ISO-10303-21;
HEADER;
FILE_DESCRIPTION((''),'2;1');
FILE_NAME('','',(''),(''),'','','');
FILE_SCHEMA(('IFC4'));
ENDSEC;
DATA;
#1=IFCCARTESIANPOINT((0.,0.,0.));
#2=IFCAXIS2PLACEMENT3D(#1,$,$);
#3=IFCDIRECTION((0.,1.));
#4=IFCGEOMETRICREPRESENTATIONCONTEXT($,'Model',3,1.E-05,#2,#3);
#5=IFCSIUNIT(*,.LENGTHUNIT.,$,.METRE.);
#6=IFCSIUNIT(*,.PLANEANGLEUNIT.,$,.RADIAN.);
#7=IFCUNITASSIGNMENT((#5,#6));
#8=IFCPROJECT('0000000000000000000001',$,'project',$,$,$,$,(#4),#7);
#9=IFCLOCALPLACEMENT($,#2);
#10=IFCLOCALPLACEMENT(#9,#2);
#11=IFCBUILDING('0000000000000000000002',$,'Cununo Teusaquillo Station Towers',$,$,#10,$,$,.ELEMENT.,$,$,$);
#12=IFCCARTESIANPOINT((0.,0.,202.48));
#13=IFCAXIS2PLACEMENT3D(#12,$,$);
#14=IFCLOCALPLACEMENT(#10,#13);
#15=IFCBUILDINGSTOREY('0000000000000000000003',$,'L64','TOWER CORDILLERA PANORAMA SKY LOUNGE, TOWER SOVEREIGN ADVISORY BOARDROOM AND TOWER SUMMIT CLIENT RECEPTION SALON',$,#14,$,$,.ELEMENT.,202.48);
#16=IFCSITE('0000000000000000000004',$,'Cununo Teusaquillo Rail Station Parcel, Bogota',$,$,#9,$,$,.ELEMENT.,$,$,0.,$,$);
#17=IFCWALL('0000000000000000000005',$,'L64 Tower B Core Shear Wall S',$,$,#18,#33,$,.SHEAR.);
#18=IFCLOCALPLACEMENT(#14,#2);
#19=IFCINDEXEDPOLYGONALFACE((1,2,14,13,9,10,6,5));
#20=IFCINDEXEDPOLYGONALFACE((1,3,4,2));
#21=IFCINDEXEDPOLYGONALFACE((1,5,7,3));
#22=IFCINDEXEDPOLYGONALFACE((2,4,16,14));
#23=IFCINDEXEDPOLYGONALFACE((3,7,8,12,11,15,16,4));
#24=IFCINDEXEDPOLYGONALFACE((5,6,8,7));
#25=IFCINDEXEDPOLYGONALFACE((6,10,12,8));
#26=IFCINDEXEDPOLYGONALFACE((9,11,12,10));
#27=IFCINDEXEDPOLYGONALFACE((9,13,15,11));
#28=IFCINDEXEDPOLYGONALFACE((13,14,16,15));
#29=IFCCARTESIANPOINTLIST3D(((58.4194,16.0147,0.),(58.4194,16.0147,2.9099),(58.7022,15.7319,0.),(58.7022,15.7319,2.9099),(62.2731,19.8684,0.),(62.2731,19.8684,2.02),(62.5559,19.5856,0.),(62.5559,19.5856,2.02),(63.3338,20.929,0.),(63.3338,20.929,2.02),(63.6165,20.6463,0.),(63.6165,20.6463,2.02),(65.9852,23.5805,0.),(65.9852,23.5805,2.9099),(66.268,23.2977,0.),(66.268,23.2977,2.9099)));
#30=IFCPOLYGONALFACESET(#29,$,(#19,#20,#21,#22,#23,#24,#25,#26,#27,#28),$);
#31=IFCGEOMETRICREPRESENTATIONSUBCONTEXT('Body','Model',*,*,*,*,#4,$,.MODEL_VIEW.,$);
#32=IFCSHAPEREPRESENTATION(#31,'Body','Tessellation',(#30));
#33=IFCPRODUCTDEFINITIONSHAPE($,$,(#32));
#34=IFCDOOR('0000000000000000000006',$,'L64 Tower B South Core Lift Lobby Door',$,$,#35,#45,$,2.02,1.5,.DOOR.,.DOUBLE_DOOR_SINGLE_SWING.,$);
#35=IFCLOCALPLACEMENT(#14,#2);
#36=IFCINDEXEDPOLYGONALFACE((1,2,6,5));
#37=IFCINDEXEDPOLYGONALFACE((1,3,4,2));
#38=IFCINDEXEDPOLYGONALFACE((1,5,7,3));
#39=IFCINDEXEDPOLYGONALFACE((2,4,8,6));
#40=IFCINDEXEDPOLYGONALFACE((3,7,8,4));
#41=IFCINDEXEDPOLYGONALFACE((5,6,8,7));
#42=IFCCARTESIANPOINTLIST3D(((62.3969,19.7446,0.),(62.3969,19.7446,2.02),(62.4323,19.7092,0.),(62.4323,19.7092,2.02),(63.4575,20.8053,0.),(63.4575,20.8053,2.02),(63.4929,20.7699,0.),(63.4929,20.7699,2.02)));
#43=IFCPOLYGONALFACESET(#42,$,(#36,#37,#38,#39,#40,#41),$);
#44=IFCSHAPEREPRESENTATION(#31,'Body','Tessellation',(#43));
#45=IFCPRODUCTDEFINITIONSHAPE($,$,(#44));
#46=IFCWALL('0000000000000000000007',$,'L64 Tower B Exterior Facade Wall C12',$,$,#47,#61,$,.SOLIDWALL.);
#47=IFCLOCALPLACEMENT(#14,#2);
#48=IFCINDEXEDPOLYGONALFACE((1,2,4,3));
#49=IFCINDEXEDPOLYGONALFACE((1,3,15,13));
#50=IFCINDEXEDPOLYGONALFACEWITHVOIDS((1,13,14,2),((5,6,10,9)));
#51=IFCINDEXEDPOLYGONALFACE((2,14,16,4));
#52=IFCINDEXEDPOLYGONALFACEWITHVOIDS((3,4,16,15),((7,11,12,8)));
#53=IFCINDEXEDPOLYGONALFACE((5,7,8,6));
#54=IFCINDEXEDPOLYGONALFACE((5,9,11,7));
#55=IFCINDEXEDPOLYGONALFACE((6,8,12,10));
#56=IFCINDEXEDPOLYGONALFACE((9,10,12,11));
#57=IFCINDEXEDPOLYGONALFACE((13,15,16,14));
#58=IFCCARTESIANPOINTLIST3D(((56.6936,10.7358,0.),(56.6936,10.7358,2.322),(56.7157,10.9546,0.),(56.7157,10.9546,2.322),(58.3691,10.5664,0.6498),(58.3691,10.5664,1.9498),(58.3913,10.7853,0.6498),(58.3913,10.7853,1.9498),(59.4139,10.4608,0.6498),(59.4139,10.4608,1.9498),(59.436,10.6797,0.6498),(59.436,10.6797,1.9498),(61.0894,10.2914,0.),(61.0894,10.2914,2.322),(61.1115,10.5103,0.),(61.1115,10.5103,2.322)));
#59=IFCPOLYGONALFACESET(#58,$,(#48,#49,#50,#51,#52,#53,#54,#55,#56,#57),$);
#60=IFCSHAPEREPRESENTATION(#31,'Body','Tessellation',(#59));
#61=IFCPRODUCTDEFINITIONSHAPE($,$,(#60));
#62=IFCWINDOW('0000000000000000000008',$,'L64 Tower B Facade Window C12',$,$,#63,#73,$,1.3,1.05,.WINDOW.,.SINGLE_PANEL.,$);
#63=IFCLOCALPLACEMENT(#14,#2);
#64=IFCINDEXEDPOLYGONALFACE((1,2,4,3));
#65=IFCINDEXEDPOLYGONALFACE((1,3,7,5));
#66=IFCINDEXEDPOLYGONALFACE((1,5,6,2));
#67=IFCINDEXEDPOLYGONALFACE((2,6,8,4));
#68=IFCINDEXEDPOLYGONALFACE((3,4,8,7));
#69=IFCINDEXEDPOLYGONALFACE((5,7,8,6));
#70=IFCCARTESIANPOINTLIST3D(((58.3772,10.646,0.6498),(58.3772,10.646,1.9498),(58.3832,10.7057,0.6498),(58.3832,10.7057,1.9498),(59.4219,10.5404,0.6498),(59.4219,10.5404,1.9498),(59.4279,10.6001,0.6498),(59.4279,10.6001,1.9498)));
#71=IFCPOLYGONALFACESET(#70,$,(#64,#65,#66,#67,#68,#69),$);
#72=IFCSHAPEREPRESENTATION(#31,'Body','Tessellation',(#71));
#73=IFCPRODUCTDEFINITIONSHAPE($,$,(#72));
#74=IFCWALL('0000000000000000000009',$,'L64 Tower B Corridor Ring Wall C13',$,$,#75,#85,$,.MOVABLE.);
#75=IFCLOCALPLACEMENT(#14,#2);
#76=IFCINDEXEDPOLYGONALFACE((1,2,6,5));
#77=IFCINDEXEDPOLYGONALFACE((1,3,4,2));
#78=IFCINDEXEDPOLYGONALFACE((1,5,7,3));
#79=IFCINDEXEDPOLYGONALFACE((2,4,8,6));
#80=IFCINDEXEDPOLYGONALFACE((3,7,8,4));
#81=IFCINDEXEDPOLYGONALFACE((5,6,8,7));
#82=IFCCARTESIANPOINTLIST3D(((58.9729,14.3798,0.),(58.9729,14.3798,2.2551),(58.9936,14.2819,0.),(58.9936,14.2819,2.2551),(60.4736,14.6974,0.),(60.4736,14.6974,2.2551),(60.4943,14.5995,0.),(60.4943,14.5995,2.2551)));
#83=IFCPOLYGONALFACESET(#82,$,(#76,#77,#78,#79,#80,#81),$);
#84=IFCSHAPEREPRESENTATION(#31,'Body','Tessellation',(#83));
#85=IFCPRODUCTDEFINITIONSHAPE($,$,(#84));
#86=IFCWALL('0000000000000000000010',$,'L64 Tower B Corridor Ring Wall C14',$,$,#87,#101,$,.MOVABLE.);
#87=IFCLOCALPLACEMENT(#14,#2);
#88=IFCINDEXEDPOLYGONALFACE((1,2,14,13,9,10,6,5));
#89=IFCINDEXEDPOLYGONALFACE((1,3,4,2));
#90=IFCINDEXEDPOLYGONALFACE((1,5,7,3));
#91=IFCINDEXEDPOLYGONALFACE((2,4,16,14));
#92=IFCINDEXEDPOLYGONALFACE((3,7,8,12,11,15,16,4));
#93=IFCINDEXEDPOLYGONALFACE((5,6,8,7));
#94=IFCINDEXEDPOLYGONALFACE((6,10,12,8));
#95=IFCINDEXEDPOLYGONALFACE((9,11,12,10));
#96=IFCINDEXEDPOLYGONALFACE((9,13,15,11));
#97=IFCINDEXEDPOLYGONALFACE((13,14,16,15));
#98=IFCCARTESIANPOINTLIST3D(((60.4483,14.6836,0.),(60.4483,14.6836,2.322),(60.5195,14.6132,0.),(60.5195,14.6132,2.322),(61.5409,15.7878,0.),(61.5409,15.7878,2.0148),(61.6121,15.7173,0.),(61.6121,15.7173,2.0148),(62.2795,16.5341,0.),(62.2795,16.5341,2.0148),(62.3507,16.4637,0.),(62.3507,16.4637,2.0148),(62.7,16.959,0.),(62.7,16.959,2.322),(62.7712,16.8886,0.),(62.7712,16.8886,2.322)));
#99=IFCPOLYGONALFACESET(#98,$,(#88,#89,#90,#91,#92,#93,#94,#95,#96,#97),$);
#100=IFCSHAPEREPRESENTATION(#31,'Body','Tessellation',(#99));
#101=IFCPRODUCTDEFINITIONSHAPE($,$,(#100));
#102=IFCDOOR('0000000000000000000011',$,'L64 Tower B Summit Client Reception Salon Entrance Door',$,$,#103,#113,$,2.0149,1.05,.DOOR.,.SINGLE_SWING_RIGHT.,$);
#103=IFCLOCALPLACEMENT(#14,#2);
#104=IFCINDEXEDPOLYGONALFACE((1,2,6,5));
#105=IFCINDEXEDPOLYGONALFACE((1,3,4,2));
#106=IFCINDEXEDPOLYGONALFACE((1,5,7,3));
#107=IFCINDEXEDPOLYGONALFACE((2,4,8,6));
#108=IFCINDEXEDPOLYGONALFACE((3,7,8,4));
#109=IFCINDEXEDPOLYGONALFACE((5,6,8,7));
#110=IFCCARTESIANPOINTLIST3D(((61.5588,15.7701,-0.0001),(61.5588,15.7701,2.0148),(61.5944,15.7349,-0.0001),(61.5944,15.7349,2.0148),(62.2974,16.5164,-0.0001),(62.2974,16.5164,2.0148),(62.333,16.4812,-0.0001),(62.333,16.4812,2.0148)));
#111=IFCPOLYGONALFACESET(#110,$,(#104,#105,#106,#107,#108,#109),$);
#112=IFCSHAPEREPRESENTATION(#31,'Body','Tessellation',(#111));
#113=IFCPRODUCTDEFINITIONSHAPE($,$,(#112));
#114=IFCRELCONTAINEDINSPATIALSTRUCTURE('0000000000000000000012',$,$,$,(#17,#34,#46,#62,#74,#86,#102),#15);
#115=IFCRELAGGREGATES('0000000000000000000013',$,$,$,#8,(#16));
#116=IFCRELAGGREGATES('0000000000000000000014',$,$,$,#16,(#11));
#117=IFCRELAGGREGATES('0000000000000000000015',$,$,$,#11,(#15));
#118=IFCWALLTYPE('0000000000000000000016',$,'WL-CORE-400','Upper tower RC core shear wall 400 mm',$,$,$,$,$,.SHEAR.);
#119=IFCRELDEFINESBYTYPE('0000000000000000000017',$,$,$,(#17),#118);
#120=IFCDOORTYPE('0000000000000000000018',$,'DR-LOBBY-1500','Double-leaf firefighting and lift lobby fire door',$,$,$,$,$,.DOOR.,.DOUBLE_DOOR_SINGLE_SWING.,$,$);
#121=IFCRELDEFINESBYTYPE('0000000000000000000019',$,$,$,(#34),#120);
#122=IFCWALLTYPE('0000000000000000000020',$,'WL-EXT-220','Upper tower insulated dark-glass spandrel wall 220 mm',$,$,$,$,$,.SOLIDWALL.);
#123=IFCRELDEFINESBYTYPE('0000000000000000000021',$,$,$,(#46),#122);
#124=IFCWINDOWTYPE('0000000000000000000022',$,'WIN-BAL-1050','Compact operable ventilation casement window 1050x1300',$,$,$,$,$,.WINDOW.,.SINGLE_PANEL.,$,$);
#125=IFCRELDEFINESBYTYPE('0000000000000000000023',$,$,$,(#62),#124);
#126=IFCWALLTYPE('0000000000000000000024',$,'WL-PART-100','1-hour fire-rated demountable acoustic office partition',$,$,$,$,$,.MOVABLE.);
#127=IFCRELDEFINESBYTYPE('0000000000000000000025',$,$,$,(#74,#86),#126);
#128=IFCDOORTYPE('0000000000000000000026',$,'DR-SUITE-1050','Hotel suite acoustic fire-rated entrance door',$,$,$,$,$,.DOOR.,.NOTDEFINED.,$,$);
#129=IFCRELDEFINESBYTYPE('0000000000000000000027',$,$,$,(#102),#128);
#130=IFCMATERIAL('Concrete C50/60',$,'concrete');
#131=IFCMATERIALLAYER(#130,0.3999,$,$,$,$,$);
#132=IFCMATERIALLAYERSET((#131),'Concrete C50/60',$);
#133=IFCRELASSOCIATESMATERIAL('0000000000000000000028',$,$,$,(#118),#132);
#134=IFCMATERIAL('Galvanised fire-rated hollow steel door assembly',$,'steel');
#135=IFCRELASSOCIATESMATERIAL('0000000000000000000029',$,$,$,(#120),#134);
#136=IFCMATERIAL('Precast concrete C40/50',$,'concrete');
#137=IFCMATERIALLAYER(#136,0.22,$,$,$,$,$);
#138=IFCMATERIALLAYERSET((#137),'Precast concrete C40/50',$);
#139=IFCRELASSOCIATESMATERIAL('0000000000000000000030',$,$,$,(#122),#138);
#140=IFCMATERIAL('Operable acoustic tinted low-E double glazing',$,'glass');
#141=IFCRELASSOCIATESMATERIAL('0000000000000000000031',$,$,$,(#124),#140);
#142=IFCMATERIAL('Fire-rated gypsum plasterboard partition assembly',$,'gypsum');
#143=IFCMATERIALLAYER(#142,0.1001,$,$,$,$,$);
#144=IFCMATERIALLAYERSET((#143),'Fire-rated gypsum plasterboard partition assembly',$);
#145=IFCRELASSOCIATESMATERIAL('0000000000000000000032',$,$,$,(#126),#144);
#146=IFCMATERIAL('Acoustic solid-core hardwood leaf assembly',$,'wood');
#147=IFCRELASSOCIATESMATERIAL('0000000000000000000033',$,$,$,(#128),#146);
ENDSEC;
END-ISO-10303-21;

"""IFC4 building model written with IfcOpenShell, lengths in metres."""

from ifc_helpers import new_model, si_unit, direction, frame, frame_2d, origin, place, context, subcontext, project, spatial, rectangle, extrude, source, transform, mapped, material, layer, layer_set, type_object, element, fill, save


model = new_model("IFC4")

# Units and contexts
model_context = context("Model", 3, precision=1e-05, world=origin(), true_north=direction((0.0, 1.0)))
body_context = subcontext(model_context, "Body", "Model", "MODEL_VIEW")
ifc_project = project(units=[si_unit("LENGTHUNIT", "METRE"), si_unit("PLANEANGLEUNIT", "RADIAN")], contexts=[model_context])

# Site, building, storey
site_placement = place(None, origin())
site = spatial("IfcSite", under=ifc_project, at=site_placement, Name="Cununo Teusaquillo Rail Station Parcel, Bogota", CompositionType="ELEMENT", RefElevation=0.0)
building_placement = place(site_placement, origin())
building = spatial("IfcBuilding", under=site, at=building_placement, Name="Cununo Teusaquillo Station Towers", CompositionType="ELEMENT")
storey_placement = place(building_placement, frame((0.0, 0.0, 202.48)))
storey = spatial("IfcBuildingStorey", under=building, at=storey_placement, Name="L64", Description="TOWER CORDILLERA PANORAMA SKY LOUNGE, TOWER SOVEREIGN ADVISORY BOARDROOM AND TOWER SUMMIT CLIENT RECEPTION SALON", CompositionType="ELEMENT", Elevation=202.48)

# Shared definitions
ifc_material_1 = material(Name="Concrete C50/60", Category="concrete")
ifc_layer_1 = layer(ifc_material_1, 0.3999)
ifc_layer_set_1 = layer_set([ifc_layer_1], Name="Concrete C50/60")
wall_type_1 = type_object("IfcWallType", Name="WL-CORE-400", Description="Upper tower RC core shear wall 400 mm", PredefinedType="SHEAR", material=ifc_layer_set_1)

# Wall, opening, door
wall_1_placement = place(storey_placement, frame((58.5608, 15.8733, 0.0), z_axis=(0.0, 0.0, 1.0), x_axis=(0.707107, 0.707107, 0.0)))
wall_1 = element("IfcWall", 1, at=wall_1_placement, inside=storey, type_object=wall_type_1, Name="L64 Tower B Core Shear Wall S", PredefinedType="SHEAR", context=body_context, shape_type="SweptSolid", body=[
    extrude(rectangle(XDim=10.6997, YDim=0.3999, at=frame_2d((5.3499, 0.0))), origin(), (0.0, 0.0, 1.0), 2.9099),
])
shared_shape_1 = source(origin(), body_context, "Body", "SweptSolid", [
    extrude(rectangle(XDim=1.5, YDim=2.02, at=frame_2d((0.75, 1.01))), frame((0.0, 0.21, 0.0), z_axis=(0.0, -1.0, 0.0), x_axis=(1.0, 0.0, 0.0)), (0.0, 0.0, 1.0), 0.4199),
])
opening_1_placement = place(wall_1_placement, frame((5.45, 0.0, 0.0)))
opening_1 = element("IfcOpeningElement", 2, at=opening_1_placement, cuts=wall_1, PredefinedType="OPENING", context=body_context, shape_type="MappedRepresentation", body=[
    mapped(shared_shape_1, transform((0.0, 0.0, 0.0), x_axis=(1.0, 0.0, 0.0), y_axis=(0.0, 1.0, 0.0), z_axis=(0.0, 0.0, 1.0), scale=1.0)),
])
ifc_material_2 = material(Name="Galvanised fire-rated hollow steel door assembly", Category="steel")
door_type_1 = type_object("IfcDoorType", Name="DR-LOBBY-1500", Description="Double-leaf firefighting and lift lobby fire door", OperationType="DOUBLE_DOOR_SINGLE_SWING", PredefinedType="DOOR", material=ifc_material_2)
shared_shape_2 = source(origin(), body_context, "Body", "SweptSolid", [
    extrude(rectangle(XDim=1.5, YDim=2.02, at=frame_2d((0.75, 1.01))), frame((0.0, 0.0249, 0.0), z_axis=(0.0, -1.0, 0.0), x_axis=(1.0, 0.0, 0.0)), (0.0, 0.0, 1.0), 0.05),
])
door_1_placement = place(opening_1_placement, origin())
door_1 = element("IfcDoor", 3, at=door_1_placement, inside=storey, type_object=door_type_1, Name="L64 Tower B South Core Lift Lobby Door", OperationType="DOUBLE_DOOR_SINGLE_SWING", OverallHeight=2.02, OverallWidth=1.5, PredefinedType="DOOR", context=body_context, shape_type="MappedRepresentation", body=[
    mapped(shared_shape_2, transform((0.0, 0.0, 0.0), x_axis=(1.0, 0.0, 0.0), y_axis=(0.0, 1.0, 0.0), z_axis=(0.0, 0.0, 1.0), scale=1.0)),
])
fill(opening_1, door_1)

# Wall, opening, window
ifc_material_3 = material(Name="Precast concrete C40/50", Category="concrete")
ifc_layer_2 = layer(ifc_material_3, 0.22)
ifc_layer_set_2 = layer_set([ifc_layer_2], Name="Precast concrete C40/50")
wall_type_2 = type_object("IfcWallType", Name="WL-EXT-220", Description="Upper tower insulated dark-glass spandrel wall 220 mm", PredefinedType="SOLIDWALL", material=ifc_layer_set_2)
wall_2_placement = place(storey_placement, frame((61.1003, 10.4009, 0.0), z_axis=(0.0, 0.0, 1.0), x_axis=(-0.99493, 0.100571, 0.0)))
wall_2 = element("IfcWall", 4, at=wall_2_placement, inside=storey, type_object=wall_type_2, Name="L64 Tower B Exterior Facade Wall C12", PredefinedType="SOLIDWALL", context=body_context, shape_type="SweptSolid", body=[
    extrude(rectangle(XDim=4.4182, YDim=0.22, at=frame_2d((2.209, 0.0))), origin(), (0.0, 0.0, 1.0), 2.322),
])
shared_shape_3 = source(origin(), body_context, "Body", "SweptSolid", [
    extrude(rectangle(XDim=1.05, YDim=1.3, at=frame_2d((0.5249, 0.6499))), frame((0.0, 0.1199, 0.0), z_axis=(0.0, -1.0, 0.0), x_axis=(1.0, 0.0, 0.0)), (0.0, 0.0, 1.0), 0.24),
])
opening_2_placement = place(wall_2_placement, frame((1.6841, 0.0, 0.6499)))
opening_2 = element("IfcOpeningElement", 5, at=opening_2_placement, cuts=wall_2, PredefinedType="OPENING", context=body_context, shape_type="MappedRepresentation", body=[
    mapped(shared_shape_3, transform((0.0, 0.0, 0.0), x_axis=(1.0, 0.0, 0.0), y_axis=(0.0, 1.0, 0.0), z_axis=(0.0, 0.0, 1.0), scale=1.0)),
])
ifc_material_4 = material(Name="Operable acoustic tinted low-E double glazing", Category="glass")
window_type = type_object("IfcWindowType", Name="WIN-BAL-1050", Description="Compact operable ventilation casement window 1050x1300", PartitioningType="SINGLE_PANEL", PredefinedType="WINDOW", material=ifc_material_4)
shared_shape_4 = source(origin(), body_context, "Body", "SweptSolid", [
    extrude(rectangle(XDim=1.05, YDim=1.3, at=frame_2d((0.5249, 0.6499))), frame((0.0, 0.03, 0.0), z_axis=(0.0, -1.0, 0.0), x_axis=(1.0, 0.0, 0.0)), (0.0, 0.0, 1.0), 0.0601),
])
window_placement = place(opening_2_placement, origin())
window = element("IfcWindow", 6, at=window_placement, inside=storey, type_object=window_type, Name="L64 Tower B Facade Window C12", OverallHeight=1.3, OverallWidth=1.05, PartitioningType="SINGLE_PANEL", PredefinedType="WINDOW", context=body_context, shape_type="MappedRepresentation", body=[
    mapped(shared_shape_4, transform((0.0, 0.0, 0.0), x_axis=(1.0, 0.0, 0.0), y_axis=(0.0, 1.0, 0.0), z_axis=(0.0, 0.0, 1.0), scale=1.0)),
])
fill(opening_2, window)

# Wall
ifc_material_5 = material(Name="Fire-rated gypsum plasterboard partition assembly", Category="gypsum")
ifc_layer_3 = layer(ifc_material_5, 0.1001)
ifc_layer_set_3 = layer_set([ifc_layer_3], Name="Fire-rated gypsum plasterboard partition assembly")
wall_type_3 = type_object("IfcWallType", Name="WL-PART-100", Description="1-hour fire-rated demountable acoustic office partition", PredefinedType="MOVABLE", material=ifc_layer_set_3)
wall_3_placement = place(storey_placement, frame((58.9832, 14.3308, 0.0), z_axis=(0.0, 0.0, 1.0), x_axis=(0.978328, 0.207061, 0.0)))
element("IfcWall", 7, at=wall_3_placement, inside=storey, type_object=wall_type_3, Name="L64 Tower B Corridor Ring Wall C13", PredefinedType="MOVABLE", context=body_context, shape_type="SweptSolid", body=[
    extrude(rectangle(XDim=1.5339, YDim=0.1001, at=frame_2d((0.7671, 0.0))), origin(), (0.0, 0.0, 1.0), 2.2551),
])

# Wall, opening, door
wall_4_placement = place(storey_placement, frame((60.4839, 14.6484, 0.0), z_axis=(0.0, 0.0, 1.0), x_axis=(0.703398, 0.710796, 0.0)))
wall_4 = element("IfcWall", 8, at=wall_4_placement, inside=storey, type_object=wall_type_3, Name="L64 Tower B Corridor Ring Wall C14", PredefinedType="MOVABLE", context=body_context, shape_type="SweptSolid", body=[
    extrude(rectangle(XDim=3.2012, YDim=0.1001, at=frame_2d((1.6006, 0.0))), origin(), (0.0, 0.0, 1.0), 2.322),
])
shared_shape_5 = source(origin(), body_context, "Body", "SweptSolid", [
    extrude(rectangle(XDim=1.05, YDim=2.0149, at=frame_2d((0.5249, 1.0073))), frame((0.0, 0.0601, 0.0), z_axis=(0.0, -1.0, 0.0), x_axis=(1.0, 0.0, 0.0)), (0.0, 0.0, 1.0), 0.1201),
])
opening_3_placement = place(wall_4_placement, frame((1.5535, 0.0, 0.0)))
opening_3 = element("IfcOpeningElement", 9, at=opening_3_placement, cuts=wall_4, PredefinedType="OPENING", context=body_context, shape_type="MappedRepresentation", body=[
    mapped(shared_shape_5, transform((0.0, 0.0, 0.0), x_axis=(1.0, 0.0, 0.0), y_axis=(0.0, 1.0, 0.0), z_axis=(0.0, 0.0, 1.0), scale=1.0)),
])
ifc_material_6 = material(Name="Acoustic solid-core hardwood leaf assembly", Category="wood")
door_type_2 = type_object("IfcDoorType", Name="DR-SUITE-1050", Description="Hotel suite acoustic fire-rated entrance door", OperationType="NOTDEFINED", PredefinedType="DOOR", material=ifc_material_6)
shared_shape_6 = source(origin(), body_context, "Body", "SweptSolid", [
    extrude(rectangle(XDim=1.05, YDim=2.0149, at=frame_2d((0.5249, 1.0073))), frame((0.0, 0.0249, 0.0), z_axis=(0.0, -1.0, 0.0), x_axis=(1.0, 0.0, 0.0)), (0.0, 0.0, 1.0), 0.05),
])
door_2_placement = place(opening_3_placement, origin())
door_2 = element("IfcDoor", 10, at=door_2_placement, inside=storey, type_object=door_type_2, Name="L64 Tower B Summit Client Reception Salon Entrance Door", OperationType="SINGLE_SWING_RIGHT", OverallHeight=2.0149, OverallWidth=1.05, PredefinedType="DOOR", context=body_context, shape_type="MappedRepresentation", body=[
    mapped(shared_shape_6, transform((0.0, 0.0, 0.0), x_axis=(1.0, 0.0, 0.0), y_axis=(0.0, 1.0, 0.0), z_axis=(0.0, 0.0, 1.0), scale=1.0)),
])
fill(opening_3, door_2)

save(model, "model.ifc")
